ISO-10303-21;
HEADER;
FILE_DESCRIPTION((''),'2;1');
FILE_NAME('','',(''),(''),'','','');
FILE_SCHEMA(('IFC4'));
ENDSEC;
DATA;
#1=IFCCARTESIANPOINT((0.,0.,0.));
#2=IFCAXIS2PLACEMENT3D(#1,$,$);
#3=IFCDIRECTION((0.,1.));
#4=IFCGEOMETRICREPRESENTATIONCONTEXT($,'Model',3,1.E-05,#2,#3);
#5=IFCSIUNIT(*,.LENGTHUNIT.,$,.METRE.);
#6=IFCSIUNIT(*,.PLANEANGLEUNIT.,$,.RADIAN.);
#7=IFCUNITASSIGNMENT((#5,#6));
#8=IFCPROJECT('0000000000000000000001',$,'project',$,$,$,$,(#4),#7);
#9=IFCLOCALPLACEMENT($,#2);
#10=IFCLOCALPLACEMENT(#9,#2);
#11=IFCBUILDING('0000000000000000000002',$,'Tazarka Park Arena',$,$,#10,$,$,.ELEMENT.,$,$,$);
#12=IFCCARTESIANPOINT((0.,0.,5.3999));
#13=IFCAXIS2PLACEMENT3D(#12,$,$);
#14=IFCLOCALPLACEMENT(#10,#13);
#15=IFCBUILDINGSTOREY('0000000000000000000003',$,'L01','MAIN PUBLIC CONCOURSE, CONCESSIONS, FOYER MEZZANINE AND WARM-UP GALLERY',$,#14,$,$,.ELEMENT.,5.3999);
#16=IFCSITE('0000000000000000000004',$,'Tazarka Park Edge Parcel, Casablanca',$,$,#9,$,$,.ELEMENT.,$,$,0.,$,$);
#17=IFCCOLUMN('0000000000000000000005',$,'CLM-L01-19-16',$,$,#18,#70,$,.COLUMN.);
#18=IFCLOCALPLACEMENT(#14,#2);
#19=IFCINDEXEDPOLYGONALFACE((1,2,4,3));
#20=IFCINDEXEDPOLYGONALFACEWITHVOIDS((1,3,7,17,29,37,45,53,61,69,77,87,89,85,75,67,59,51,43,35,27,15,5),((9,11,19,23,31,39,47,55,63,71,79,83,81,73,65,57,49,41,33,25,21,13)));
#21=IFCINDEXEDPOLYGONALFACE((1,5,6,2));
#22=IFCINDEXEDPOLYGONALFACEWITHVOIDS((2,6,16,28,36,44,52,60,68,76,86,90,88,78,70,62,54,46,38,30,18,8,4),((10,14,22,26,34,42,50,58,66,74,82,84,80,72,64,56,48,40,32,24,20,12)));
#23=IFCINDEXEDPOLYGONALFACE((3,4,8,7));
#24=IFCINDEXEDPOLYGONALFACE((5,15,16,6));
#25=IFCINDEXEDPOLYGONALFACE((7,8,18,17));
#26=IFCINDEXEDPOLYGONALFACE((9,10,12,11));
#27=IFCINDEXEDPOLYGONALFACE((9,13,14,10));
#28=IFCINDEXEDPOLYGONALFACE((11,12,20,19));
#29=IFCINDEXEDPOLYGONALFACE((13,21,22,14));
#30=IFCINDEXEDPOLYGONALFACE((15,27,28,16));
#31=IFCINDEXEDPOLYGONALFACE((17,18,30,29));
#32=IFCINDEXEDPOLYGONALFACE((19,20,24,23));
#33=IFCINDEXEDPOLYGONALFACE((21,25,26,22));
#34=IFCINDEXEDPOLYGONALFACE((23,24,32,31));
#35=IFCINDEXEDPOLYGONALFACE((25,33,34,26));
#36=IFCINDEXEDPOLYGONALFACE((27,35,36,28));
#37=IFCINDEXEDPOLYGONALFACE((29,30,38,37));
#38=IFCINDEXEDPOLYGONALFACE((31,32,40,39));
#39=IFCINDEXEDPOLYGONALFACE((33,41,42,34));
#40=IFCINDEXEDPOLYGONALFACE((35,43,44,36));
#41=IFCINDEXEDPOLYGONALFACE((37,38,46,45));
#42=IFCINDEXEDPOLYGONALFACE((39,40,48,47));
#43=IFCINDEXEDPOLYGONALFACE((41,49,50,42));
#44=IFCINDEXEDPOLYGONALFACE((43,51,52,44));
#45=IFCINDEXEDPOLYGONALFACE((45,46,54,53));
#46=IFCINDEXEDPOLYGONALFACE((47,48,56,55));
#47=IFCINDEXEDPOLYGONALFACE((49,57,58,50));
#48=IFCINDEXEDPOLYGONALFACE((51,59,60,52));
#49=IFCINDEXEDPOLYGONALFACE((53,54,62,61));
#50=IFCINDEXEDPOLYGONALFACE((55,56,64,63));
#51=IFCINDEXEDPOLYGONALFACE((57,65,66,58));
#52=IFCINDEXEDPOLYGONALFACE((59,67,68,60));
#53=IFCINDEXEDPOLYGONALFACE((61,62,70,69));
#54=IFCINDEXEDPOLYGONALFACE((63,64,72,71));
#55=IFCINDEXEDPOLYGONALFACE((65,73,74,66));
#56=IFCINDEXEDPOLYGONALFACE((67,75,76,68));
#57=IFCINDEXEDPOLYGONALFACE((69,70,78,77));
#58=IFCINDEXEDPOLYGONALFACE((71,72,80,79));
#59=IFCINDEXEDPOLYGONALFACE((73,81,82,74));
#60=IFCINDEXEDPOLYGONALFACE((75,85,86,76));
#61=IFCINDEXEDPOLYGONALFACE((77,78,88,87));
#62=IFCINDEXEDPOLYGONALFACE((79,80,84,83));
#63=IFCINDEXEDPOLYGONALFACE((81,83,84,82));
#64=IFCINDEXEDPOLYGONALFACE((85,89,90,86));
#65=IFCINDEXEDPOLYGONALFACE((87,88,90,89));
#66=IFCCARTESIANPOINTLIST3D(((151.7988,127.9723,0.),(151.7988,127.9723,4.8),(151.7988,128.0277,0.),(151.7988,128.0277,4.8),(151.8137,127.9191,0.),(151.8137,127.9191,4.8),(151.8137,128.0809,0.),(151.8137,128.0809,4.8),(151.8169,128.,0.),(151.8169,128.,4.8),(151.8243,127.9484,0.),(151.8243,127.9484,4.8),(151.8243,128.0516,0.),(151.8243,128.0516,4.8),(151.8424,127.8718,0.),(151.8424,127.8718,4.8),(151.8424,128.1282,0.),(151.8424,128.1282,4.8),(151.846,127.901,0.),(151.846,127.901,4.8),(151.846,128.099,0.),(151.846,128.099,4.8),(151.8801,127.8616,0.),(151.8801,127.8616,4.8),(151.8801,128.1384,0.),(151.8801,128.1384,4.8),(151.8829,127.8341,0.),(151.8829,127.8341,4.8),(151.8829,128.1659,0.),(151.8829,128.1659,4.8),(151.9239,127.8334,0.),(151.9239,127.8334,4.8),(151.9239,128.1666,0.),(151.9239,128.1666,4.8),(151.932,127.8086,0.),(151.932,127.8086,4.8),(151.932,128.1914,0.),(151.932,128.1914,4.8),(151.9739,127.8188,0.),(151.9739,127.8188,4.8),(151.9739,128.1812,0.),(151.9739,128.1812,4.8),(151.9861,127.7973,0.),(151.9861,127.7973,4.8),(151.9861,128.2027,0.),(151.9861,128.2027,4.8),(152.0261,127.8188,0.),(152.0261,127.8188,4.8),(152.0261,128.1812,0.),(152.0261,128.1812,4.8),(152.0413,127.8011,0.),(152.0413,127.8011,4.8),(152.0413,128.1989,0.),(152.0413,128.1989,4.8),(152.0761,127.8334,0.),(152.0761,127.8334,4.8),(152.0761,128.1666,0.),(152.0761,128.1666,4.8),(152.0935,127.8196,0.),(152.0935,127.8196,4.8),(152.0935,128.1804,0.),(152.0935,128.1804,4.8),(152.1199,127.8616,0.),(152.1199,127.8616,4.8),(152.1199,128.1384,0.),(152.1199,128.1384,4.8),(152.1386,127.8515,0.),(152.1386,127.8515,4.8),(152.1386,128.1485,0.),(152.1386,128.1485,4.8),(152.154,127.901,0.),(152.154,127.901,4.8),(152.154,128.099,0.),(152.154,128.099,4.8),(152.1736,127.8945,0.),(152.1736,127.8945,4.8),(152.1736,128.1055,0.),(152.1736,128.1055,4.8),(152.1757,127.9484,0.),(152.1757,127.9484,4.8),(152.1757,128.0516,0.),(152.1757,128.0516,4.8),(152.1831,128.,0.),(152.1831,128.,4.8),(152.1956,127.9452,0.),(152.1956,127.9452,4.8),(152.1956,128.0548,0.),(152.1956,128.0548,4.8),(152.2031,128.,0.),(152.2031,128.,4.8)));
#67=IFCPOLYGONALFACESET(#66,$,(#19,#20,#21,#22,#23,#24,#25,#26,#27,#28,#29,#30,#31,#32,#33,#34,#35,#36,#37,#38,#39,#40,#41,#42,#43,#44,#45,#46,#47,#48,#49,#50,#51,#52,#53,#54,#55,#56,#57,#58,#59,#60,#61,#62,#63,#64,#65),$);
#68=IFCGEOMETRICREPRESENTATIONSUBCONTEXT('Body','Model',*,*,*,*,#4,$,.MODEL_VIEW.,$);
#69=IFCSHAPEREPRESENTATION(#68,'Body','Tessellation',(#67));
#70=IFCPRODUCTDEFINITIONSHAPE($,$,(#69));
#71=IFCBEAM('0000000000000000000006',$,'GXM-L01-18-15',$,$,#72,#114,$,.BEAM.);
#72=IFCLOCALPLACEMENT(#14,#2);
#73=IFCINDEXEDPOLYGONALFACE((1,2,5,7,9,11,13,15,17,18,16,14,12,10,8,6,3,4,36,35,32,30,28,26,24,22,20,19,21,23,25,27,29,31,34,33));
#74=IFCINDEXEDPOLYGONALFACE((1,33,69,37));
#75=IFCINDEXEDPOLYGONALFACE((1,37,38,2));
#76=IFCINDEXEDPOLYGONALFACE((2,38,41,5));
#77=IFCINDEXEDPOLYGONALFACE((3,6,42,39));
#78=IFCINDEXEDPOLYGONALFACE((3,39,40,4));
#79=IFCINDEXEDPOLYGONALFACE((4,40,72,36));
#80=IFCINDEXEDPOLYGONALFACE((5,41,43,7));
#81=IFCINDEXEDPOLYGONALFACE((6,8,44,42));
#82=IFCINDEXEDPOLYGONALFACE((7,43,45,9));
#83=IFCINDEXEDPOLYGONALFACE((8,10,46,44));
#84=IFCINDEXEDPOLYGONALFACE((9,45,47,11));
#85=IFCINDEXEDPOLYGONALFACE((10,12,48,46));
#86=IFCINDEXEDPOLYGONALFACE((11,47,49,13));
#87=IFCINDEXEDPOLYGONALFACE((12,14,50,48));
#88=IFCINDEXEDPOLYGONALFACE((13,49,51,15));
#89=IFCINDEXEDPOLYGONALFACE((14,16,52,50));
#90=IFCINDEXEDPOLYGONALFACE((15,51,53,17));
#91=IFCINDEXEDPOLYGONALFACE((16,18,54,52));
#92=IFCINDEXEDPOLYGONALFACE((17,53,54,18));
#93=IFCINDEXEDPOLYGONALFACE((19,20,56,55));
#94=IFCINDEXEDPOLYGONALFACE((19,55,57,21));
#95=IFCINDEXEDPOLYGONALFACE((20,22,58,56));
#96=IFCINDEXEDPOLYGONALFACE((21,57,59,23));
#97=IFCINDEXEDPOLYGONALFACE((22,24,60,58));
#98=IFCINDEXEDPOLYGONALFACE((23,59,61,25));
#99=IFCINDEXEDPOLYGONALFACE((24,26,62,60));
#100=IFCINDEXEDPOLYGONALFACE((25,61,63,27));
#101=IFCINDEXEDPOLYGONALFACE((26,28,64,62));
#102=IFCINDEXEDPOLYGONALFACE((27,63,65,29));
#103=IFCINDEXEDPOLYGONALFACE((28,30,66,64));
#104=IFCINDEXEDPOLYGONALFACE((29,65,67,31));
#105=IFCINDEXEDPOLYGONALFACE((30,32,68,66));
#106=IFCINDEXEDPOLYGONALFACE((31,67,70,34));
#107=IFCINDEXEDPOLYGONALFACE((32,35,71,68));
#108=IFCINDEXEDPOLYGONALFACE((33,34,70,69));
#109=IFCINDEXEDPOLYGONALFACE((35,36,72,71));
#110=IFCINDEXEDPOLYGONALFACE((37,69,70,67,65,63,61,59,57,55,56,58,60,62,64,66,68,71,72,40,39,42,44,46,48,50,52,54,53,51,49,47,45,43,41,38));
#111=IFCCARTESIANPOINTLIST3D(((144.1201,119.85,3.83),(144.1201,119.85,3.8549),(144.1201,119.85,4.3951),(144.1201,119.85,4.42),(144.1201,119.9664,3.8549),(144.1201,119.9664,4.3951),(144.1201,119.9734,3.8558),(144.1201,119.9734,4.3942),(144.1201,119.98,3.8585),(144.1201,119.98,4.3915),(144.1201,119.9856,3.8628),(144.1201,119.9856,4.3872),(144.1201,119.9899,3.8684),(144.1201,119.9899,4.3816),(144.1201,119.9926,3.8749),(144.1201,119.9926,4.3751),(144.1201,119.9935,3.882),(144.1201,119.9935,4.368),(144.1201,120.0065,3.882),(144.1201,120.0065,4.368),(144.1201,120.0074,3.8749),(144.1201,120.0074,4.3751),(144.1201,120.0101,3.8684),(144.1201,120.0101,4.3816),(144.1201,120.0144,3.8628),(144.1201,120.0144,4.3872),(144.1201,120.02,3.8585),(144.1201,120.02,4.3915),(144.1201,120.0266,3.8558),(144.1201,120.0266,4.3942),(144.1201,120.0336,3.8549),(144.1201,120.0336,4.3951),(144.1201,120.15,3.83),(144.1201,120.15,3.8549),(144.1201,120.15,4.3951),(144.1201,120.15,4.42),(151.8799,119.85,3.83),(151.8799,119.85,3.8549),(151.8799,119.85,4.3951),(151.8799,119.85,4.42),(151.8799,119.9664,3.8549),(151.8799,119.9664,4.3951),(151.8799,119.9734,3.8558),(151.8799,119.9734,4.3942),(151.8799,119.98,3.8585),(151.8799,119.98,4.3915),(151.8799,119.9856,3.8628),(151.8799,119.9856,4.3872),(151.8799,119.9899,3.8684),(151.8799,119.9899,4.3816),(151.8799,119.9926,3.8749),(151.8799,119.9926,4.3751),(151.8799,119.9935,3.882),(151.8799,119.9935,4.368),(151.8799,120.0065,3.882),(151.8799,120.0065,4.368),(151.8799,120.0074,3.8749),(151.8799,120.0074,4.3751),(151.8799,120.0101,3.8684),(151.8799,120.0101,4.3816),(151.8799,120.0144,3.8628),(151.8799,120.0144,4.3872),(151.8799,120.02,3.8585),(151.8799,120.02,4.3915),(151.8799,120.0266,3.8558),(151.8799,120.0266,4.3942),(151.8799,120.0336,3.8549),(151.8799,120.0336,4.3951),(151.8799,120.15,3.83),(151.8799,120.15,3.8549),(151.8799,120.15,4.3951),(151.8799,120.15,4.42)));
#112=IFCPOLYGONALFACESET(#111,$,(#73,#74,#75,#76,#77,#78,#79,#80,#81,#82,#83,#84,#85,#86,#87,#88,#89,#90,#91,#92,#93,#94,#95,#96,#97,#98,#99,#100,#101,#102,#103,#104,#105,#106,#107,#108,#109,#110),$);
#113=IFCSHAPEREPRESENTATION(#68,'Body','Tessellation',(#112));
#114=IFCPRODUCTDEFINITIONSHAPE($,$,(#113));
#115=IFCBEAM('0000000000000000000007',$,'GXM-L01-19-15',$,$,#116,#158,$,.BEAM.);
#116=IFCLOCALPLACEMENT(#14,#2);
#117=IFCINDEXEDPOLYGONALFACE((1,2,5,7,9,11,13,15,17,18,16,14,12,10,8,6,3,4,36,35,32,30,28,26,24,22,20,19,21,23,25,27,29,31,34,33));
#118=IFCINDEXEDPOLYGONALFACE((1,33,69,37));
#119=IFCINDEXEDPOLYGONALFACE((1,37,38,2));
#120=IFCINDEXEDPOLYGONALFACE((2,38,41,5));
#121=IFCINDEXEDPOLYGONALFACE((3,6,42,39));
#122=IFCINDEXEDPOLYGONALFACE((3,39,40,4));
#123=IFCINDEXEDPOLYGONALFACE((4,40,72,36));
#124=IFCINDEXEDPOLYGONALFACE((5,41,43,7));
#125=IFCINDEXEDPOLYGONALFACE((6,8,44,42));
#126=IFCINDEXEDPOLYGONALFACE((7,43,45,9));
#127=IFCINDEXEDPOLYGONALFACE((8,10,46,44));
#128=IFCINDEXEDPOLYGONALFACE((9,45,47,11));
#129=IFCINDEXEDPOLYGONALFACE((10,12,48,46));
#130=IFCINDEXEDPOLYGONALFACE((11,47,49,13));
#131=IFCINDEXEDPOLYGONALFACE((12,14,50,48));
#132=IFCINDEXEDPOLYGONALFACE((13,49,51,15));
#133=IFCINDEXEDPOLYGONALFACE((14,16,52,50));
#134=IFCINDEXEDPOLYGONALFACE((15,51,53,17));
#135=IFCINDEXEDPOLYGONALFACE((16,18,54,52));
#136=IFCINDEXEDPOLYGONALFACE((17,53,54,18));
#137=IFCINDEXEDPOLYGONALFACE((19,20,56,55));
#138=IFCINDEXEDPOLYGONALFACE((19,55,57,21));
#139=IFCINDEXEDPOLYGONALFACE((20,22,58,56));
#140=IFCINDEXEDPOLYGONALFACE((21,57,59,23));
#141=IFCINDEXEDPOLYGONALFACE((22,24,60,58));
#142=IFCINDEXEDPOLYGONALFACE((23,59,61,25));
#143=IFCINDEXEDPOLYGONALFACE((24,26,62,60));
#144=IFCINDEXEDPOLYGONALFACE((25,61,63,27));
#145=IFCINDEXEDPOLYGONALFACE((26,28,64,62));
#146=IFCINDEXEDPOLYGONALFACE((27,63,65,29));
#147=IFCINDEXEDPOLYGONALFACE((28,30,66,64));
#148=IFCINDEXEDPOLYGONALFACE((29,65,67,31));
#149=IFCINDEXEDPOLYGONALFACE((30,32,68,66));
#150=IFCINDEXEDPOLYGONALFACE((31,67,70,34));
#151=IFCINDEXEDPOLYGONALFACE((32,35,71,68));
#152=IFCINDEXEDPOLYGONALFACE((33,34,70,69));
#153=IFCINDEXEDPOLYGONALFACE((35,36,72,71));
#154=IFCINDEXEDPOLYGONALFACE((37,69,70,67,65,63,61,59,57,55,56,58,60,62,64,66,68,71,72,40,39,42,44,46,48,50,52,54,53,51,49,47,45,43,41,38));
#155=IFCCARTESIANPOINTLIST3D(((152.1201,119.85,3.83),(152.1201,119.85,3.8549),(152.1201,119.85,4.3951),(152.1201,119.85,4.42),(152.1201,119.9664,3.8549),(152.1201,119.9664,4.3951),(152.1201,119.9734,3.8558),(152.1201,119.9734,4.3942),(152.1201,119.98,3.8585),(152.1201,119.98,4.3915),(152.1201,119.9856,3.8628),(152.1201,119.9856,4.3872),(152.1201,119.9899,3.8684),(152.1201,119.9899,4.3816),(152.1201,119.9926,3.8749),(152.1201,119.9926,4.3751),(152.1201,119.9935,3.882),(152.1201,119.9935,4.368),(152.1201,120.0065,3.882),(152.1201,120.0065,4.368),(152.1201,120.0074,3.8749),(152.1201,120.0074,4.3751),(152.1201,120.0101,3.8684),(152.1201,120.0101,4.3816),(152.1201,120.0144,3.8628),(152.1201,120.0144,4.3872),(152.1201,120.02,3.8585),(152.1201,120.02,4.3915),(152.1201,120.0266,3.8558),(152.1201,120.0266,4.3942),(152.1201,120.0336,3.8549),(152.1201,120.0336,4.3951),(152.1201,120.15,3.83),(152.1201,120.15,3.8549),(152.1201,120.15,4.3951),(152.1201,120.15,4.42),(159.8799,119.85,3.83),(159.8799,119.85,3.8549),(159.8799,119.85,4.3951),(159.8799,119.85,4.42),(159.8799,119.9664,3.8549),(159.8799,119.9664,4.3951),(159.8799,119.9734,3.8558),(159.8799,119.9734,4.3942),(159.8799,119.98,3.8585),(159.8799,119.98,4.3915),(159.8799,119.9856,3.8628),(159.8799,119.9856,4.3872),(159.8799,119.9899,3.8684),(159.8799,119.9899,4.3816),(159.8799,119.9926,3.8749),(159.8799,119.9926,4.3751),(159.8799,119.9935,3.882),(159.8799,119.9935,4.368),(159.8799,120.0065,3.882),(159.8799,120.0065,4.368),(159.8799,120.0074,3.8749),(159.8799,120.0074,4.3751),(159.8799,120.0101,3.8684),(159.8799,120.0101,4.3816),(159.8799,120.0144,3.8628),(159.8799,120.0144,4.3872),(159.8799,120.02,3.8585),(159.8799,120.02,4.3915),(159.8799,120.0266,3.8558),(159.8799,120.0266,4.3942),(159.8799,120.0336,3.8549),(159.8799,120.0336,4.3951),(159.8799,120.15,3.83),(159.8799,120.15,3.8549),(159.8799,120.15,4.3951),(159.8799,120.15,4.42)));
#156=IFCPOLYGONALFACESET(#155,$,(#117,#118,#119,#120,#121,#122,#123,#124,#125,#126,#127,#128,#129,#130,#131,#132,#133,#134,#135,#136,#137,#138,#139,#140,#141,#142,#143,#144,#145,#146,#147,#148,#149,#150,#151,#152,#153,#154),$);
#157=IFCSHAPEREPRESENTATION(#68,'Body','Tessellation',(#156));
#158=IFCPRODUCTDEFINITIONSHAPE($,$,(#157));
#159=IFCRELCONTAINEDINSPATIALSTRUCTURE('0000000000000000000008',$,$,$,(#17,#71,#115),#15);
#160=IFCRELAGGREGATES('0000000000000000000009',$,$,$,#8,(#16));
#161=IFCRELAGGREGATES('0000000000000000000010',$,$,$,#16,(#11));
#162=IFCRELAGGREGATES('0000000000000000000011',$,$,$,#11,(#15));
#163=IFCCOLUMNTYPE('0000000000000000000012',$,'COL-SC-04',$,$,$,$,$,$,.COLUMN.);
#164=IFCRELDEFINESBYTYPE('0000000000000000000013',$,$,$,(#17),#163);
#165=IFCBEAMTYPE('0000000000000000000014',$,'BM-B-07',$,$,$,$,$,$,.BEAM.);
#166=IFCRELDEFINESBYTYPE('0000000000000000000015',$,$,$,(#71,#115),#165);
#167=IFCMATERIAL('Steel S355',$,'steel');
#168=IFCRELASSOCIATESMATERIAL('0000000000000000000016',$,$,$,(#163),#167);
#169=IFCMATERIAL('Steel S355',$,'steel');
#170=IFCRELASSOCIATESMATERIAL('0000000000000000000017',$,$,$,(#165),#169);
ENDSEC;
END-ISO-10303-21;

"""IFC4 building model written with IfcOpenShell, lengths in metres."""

from ifc_helpers import new_model, si_unit, direction, frame, origin, origin_2d, place, context, subcontext, project, spatial, hollow_circle, i_section, extrude, material, material_profile, profile_set, type_object, element, save


model = new_model("IFC4")

# Units and contexts
model_context = context("Model", 3, precision=1e-05, world=origin(), true_north=direction((0.0, 1.0)))
body_context = subcontext(model_context, "Body", "Model", "MODEL_VIEW")
ifc_project = project(units=[si_unit("LENGTHUNIT", "METRE"), si_unit("PLANEANGLEUNIT", "RADIAN")], contexts=[model_context])

# Site, building, storey
site_placement = place(None, origin())
site = spatial("IfcSite", under=ifc_project, at=site_placement, Name="Tazarka Park Edge Parcel, Casablanca", CompositionType="ELEMENT", RefElevation=0.0)
building_placement = place(site_placement, origin())
building = spatial("IfcBuilding", under=site, at=building_placement, Name="Tazarka Park Arena", CompositionType="ELEMENT")
storey_placement = place(building_placement, frame((0.0, 0.0, 5.3999)))
storey = spatial("IfcBuildingStorey", under=building, at=storey_placement, Name="L01", Description="MAIN PUBLIC CONCOURSE, CONCESSIONS, FOYER MEZZANINE AND WARM-UP GALLERY", CompositionType="ELEMENT", Elevation=5.3999)

# Column
ifc_material_1 = material(Name="Steel S355", Category="steel")
ifc_material_profile_1 = material_profile(ifc_material_1, hollow_circle(Radius=0.2031, WallThickness=0.02, at=origin_2d()), Name="Steel S355")
ifc_profile_set_1 = profile_set([ifc_material_profile_1], Name="Steel S355")
column_type_1 = type_object("IfcColumnType", Name="COL-SC-04", PredefinedType="COLUMN", material=ifc_profile_set_1)
for number, where, z_axis, x_axis, name in (
    (1, (152.0, 128.0, 0.0), (0.0, 0.0, 1.0), (1.0, 0.0, 0.0), "CLM-L01-19-16"),
):
    element("IfcColumn", number, at=place(storey_placement, frame(where, z_axis=z_axis, x_axis=x_axis)), inside=storey, type_object=column_type_1, Name=name, PredefinedType="COLUMN", context=body_context, shape_type="SweptSolid", body=[
        extrude(hollow_circle(Radius=0.2031, WallThickness=0.02, at=origin_2d()), origin(), (0.0, 0.0, 1.0), 4.8),
    ])

# Beams
ifc_material_2 = material(Name="Steel S355", Category="steel")
ifc_material_profile_2 = material_profile(ifc_material_2, i_section(OverallWidth=0.3, OverallDepth=0.5901, WebThickness=0.0129, FlangeThickness=0.0249, FilletRadius=0.0271, at=origin_2d()), Name="Steel S355")
ifc_profile_set_2 = profile_set([ifc_material_profile_2], Name="Steel S355")
beam_type_1 = type_object("IfcBeamType", Name="BM-B-07", PredefinedType="BEAM", material=ifc_profile_set_2)
for number, where, z_axis, x_axis, name in (
    (2, (144.1201, 120.0, 4.125), (1.0, 0.0, 0.0), (0.0, 1.0, 0.0), "GXM-L01-18-15"),
    (3, (152.1201, 120.0, 4.125), (1.0, 0.0, 0.0), (0.0, 1.0, 0.0), "GXM-L01-19-15"),
):
    element("IfcBeam", number, at=place(storey_placement, frame(where, z_axis=z_axis, x_axis=x_axis)), inside=storey, type_object=beam_type_1, Name=name, PredefinedType="BEAM", context=body_context, shape_type="SweptSolid", body=[
        extrude(i_section(OverallWidth=0.3, OverallDepth=0.5901, WebThickness=0.0129, FlangeThickness=0.0249, FilletRadius=0.0271, at=origin_2d()), origin(), (0.0, 0.0, 1.0), 7.7598),
    ])

save(model, "model.ifc")
